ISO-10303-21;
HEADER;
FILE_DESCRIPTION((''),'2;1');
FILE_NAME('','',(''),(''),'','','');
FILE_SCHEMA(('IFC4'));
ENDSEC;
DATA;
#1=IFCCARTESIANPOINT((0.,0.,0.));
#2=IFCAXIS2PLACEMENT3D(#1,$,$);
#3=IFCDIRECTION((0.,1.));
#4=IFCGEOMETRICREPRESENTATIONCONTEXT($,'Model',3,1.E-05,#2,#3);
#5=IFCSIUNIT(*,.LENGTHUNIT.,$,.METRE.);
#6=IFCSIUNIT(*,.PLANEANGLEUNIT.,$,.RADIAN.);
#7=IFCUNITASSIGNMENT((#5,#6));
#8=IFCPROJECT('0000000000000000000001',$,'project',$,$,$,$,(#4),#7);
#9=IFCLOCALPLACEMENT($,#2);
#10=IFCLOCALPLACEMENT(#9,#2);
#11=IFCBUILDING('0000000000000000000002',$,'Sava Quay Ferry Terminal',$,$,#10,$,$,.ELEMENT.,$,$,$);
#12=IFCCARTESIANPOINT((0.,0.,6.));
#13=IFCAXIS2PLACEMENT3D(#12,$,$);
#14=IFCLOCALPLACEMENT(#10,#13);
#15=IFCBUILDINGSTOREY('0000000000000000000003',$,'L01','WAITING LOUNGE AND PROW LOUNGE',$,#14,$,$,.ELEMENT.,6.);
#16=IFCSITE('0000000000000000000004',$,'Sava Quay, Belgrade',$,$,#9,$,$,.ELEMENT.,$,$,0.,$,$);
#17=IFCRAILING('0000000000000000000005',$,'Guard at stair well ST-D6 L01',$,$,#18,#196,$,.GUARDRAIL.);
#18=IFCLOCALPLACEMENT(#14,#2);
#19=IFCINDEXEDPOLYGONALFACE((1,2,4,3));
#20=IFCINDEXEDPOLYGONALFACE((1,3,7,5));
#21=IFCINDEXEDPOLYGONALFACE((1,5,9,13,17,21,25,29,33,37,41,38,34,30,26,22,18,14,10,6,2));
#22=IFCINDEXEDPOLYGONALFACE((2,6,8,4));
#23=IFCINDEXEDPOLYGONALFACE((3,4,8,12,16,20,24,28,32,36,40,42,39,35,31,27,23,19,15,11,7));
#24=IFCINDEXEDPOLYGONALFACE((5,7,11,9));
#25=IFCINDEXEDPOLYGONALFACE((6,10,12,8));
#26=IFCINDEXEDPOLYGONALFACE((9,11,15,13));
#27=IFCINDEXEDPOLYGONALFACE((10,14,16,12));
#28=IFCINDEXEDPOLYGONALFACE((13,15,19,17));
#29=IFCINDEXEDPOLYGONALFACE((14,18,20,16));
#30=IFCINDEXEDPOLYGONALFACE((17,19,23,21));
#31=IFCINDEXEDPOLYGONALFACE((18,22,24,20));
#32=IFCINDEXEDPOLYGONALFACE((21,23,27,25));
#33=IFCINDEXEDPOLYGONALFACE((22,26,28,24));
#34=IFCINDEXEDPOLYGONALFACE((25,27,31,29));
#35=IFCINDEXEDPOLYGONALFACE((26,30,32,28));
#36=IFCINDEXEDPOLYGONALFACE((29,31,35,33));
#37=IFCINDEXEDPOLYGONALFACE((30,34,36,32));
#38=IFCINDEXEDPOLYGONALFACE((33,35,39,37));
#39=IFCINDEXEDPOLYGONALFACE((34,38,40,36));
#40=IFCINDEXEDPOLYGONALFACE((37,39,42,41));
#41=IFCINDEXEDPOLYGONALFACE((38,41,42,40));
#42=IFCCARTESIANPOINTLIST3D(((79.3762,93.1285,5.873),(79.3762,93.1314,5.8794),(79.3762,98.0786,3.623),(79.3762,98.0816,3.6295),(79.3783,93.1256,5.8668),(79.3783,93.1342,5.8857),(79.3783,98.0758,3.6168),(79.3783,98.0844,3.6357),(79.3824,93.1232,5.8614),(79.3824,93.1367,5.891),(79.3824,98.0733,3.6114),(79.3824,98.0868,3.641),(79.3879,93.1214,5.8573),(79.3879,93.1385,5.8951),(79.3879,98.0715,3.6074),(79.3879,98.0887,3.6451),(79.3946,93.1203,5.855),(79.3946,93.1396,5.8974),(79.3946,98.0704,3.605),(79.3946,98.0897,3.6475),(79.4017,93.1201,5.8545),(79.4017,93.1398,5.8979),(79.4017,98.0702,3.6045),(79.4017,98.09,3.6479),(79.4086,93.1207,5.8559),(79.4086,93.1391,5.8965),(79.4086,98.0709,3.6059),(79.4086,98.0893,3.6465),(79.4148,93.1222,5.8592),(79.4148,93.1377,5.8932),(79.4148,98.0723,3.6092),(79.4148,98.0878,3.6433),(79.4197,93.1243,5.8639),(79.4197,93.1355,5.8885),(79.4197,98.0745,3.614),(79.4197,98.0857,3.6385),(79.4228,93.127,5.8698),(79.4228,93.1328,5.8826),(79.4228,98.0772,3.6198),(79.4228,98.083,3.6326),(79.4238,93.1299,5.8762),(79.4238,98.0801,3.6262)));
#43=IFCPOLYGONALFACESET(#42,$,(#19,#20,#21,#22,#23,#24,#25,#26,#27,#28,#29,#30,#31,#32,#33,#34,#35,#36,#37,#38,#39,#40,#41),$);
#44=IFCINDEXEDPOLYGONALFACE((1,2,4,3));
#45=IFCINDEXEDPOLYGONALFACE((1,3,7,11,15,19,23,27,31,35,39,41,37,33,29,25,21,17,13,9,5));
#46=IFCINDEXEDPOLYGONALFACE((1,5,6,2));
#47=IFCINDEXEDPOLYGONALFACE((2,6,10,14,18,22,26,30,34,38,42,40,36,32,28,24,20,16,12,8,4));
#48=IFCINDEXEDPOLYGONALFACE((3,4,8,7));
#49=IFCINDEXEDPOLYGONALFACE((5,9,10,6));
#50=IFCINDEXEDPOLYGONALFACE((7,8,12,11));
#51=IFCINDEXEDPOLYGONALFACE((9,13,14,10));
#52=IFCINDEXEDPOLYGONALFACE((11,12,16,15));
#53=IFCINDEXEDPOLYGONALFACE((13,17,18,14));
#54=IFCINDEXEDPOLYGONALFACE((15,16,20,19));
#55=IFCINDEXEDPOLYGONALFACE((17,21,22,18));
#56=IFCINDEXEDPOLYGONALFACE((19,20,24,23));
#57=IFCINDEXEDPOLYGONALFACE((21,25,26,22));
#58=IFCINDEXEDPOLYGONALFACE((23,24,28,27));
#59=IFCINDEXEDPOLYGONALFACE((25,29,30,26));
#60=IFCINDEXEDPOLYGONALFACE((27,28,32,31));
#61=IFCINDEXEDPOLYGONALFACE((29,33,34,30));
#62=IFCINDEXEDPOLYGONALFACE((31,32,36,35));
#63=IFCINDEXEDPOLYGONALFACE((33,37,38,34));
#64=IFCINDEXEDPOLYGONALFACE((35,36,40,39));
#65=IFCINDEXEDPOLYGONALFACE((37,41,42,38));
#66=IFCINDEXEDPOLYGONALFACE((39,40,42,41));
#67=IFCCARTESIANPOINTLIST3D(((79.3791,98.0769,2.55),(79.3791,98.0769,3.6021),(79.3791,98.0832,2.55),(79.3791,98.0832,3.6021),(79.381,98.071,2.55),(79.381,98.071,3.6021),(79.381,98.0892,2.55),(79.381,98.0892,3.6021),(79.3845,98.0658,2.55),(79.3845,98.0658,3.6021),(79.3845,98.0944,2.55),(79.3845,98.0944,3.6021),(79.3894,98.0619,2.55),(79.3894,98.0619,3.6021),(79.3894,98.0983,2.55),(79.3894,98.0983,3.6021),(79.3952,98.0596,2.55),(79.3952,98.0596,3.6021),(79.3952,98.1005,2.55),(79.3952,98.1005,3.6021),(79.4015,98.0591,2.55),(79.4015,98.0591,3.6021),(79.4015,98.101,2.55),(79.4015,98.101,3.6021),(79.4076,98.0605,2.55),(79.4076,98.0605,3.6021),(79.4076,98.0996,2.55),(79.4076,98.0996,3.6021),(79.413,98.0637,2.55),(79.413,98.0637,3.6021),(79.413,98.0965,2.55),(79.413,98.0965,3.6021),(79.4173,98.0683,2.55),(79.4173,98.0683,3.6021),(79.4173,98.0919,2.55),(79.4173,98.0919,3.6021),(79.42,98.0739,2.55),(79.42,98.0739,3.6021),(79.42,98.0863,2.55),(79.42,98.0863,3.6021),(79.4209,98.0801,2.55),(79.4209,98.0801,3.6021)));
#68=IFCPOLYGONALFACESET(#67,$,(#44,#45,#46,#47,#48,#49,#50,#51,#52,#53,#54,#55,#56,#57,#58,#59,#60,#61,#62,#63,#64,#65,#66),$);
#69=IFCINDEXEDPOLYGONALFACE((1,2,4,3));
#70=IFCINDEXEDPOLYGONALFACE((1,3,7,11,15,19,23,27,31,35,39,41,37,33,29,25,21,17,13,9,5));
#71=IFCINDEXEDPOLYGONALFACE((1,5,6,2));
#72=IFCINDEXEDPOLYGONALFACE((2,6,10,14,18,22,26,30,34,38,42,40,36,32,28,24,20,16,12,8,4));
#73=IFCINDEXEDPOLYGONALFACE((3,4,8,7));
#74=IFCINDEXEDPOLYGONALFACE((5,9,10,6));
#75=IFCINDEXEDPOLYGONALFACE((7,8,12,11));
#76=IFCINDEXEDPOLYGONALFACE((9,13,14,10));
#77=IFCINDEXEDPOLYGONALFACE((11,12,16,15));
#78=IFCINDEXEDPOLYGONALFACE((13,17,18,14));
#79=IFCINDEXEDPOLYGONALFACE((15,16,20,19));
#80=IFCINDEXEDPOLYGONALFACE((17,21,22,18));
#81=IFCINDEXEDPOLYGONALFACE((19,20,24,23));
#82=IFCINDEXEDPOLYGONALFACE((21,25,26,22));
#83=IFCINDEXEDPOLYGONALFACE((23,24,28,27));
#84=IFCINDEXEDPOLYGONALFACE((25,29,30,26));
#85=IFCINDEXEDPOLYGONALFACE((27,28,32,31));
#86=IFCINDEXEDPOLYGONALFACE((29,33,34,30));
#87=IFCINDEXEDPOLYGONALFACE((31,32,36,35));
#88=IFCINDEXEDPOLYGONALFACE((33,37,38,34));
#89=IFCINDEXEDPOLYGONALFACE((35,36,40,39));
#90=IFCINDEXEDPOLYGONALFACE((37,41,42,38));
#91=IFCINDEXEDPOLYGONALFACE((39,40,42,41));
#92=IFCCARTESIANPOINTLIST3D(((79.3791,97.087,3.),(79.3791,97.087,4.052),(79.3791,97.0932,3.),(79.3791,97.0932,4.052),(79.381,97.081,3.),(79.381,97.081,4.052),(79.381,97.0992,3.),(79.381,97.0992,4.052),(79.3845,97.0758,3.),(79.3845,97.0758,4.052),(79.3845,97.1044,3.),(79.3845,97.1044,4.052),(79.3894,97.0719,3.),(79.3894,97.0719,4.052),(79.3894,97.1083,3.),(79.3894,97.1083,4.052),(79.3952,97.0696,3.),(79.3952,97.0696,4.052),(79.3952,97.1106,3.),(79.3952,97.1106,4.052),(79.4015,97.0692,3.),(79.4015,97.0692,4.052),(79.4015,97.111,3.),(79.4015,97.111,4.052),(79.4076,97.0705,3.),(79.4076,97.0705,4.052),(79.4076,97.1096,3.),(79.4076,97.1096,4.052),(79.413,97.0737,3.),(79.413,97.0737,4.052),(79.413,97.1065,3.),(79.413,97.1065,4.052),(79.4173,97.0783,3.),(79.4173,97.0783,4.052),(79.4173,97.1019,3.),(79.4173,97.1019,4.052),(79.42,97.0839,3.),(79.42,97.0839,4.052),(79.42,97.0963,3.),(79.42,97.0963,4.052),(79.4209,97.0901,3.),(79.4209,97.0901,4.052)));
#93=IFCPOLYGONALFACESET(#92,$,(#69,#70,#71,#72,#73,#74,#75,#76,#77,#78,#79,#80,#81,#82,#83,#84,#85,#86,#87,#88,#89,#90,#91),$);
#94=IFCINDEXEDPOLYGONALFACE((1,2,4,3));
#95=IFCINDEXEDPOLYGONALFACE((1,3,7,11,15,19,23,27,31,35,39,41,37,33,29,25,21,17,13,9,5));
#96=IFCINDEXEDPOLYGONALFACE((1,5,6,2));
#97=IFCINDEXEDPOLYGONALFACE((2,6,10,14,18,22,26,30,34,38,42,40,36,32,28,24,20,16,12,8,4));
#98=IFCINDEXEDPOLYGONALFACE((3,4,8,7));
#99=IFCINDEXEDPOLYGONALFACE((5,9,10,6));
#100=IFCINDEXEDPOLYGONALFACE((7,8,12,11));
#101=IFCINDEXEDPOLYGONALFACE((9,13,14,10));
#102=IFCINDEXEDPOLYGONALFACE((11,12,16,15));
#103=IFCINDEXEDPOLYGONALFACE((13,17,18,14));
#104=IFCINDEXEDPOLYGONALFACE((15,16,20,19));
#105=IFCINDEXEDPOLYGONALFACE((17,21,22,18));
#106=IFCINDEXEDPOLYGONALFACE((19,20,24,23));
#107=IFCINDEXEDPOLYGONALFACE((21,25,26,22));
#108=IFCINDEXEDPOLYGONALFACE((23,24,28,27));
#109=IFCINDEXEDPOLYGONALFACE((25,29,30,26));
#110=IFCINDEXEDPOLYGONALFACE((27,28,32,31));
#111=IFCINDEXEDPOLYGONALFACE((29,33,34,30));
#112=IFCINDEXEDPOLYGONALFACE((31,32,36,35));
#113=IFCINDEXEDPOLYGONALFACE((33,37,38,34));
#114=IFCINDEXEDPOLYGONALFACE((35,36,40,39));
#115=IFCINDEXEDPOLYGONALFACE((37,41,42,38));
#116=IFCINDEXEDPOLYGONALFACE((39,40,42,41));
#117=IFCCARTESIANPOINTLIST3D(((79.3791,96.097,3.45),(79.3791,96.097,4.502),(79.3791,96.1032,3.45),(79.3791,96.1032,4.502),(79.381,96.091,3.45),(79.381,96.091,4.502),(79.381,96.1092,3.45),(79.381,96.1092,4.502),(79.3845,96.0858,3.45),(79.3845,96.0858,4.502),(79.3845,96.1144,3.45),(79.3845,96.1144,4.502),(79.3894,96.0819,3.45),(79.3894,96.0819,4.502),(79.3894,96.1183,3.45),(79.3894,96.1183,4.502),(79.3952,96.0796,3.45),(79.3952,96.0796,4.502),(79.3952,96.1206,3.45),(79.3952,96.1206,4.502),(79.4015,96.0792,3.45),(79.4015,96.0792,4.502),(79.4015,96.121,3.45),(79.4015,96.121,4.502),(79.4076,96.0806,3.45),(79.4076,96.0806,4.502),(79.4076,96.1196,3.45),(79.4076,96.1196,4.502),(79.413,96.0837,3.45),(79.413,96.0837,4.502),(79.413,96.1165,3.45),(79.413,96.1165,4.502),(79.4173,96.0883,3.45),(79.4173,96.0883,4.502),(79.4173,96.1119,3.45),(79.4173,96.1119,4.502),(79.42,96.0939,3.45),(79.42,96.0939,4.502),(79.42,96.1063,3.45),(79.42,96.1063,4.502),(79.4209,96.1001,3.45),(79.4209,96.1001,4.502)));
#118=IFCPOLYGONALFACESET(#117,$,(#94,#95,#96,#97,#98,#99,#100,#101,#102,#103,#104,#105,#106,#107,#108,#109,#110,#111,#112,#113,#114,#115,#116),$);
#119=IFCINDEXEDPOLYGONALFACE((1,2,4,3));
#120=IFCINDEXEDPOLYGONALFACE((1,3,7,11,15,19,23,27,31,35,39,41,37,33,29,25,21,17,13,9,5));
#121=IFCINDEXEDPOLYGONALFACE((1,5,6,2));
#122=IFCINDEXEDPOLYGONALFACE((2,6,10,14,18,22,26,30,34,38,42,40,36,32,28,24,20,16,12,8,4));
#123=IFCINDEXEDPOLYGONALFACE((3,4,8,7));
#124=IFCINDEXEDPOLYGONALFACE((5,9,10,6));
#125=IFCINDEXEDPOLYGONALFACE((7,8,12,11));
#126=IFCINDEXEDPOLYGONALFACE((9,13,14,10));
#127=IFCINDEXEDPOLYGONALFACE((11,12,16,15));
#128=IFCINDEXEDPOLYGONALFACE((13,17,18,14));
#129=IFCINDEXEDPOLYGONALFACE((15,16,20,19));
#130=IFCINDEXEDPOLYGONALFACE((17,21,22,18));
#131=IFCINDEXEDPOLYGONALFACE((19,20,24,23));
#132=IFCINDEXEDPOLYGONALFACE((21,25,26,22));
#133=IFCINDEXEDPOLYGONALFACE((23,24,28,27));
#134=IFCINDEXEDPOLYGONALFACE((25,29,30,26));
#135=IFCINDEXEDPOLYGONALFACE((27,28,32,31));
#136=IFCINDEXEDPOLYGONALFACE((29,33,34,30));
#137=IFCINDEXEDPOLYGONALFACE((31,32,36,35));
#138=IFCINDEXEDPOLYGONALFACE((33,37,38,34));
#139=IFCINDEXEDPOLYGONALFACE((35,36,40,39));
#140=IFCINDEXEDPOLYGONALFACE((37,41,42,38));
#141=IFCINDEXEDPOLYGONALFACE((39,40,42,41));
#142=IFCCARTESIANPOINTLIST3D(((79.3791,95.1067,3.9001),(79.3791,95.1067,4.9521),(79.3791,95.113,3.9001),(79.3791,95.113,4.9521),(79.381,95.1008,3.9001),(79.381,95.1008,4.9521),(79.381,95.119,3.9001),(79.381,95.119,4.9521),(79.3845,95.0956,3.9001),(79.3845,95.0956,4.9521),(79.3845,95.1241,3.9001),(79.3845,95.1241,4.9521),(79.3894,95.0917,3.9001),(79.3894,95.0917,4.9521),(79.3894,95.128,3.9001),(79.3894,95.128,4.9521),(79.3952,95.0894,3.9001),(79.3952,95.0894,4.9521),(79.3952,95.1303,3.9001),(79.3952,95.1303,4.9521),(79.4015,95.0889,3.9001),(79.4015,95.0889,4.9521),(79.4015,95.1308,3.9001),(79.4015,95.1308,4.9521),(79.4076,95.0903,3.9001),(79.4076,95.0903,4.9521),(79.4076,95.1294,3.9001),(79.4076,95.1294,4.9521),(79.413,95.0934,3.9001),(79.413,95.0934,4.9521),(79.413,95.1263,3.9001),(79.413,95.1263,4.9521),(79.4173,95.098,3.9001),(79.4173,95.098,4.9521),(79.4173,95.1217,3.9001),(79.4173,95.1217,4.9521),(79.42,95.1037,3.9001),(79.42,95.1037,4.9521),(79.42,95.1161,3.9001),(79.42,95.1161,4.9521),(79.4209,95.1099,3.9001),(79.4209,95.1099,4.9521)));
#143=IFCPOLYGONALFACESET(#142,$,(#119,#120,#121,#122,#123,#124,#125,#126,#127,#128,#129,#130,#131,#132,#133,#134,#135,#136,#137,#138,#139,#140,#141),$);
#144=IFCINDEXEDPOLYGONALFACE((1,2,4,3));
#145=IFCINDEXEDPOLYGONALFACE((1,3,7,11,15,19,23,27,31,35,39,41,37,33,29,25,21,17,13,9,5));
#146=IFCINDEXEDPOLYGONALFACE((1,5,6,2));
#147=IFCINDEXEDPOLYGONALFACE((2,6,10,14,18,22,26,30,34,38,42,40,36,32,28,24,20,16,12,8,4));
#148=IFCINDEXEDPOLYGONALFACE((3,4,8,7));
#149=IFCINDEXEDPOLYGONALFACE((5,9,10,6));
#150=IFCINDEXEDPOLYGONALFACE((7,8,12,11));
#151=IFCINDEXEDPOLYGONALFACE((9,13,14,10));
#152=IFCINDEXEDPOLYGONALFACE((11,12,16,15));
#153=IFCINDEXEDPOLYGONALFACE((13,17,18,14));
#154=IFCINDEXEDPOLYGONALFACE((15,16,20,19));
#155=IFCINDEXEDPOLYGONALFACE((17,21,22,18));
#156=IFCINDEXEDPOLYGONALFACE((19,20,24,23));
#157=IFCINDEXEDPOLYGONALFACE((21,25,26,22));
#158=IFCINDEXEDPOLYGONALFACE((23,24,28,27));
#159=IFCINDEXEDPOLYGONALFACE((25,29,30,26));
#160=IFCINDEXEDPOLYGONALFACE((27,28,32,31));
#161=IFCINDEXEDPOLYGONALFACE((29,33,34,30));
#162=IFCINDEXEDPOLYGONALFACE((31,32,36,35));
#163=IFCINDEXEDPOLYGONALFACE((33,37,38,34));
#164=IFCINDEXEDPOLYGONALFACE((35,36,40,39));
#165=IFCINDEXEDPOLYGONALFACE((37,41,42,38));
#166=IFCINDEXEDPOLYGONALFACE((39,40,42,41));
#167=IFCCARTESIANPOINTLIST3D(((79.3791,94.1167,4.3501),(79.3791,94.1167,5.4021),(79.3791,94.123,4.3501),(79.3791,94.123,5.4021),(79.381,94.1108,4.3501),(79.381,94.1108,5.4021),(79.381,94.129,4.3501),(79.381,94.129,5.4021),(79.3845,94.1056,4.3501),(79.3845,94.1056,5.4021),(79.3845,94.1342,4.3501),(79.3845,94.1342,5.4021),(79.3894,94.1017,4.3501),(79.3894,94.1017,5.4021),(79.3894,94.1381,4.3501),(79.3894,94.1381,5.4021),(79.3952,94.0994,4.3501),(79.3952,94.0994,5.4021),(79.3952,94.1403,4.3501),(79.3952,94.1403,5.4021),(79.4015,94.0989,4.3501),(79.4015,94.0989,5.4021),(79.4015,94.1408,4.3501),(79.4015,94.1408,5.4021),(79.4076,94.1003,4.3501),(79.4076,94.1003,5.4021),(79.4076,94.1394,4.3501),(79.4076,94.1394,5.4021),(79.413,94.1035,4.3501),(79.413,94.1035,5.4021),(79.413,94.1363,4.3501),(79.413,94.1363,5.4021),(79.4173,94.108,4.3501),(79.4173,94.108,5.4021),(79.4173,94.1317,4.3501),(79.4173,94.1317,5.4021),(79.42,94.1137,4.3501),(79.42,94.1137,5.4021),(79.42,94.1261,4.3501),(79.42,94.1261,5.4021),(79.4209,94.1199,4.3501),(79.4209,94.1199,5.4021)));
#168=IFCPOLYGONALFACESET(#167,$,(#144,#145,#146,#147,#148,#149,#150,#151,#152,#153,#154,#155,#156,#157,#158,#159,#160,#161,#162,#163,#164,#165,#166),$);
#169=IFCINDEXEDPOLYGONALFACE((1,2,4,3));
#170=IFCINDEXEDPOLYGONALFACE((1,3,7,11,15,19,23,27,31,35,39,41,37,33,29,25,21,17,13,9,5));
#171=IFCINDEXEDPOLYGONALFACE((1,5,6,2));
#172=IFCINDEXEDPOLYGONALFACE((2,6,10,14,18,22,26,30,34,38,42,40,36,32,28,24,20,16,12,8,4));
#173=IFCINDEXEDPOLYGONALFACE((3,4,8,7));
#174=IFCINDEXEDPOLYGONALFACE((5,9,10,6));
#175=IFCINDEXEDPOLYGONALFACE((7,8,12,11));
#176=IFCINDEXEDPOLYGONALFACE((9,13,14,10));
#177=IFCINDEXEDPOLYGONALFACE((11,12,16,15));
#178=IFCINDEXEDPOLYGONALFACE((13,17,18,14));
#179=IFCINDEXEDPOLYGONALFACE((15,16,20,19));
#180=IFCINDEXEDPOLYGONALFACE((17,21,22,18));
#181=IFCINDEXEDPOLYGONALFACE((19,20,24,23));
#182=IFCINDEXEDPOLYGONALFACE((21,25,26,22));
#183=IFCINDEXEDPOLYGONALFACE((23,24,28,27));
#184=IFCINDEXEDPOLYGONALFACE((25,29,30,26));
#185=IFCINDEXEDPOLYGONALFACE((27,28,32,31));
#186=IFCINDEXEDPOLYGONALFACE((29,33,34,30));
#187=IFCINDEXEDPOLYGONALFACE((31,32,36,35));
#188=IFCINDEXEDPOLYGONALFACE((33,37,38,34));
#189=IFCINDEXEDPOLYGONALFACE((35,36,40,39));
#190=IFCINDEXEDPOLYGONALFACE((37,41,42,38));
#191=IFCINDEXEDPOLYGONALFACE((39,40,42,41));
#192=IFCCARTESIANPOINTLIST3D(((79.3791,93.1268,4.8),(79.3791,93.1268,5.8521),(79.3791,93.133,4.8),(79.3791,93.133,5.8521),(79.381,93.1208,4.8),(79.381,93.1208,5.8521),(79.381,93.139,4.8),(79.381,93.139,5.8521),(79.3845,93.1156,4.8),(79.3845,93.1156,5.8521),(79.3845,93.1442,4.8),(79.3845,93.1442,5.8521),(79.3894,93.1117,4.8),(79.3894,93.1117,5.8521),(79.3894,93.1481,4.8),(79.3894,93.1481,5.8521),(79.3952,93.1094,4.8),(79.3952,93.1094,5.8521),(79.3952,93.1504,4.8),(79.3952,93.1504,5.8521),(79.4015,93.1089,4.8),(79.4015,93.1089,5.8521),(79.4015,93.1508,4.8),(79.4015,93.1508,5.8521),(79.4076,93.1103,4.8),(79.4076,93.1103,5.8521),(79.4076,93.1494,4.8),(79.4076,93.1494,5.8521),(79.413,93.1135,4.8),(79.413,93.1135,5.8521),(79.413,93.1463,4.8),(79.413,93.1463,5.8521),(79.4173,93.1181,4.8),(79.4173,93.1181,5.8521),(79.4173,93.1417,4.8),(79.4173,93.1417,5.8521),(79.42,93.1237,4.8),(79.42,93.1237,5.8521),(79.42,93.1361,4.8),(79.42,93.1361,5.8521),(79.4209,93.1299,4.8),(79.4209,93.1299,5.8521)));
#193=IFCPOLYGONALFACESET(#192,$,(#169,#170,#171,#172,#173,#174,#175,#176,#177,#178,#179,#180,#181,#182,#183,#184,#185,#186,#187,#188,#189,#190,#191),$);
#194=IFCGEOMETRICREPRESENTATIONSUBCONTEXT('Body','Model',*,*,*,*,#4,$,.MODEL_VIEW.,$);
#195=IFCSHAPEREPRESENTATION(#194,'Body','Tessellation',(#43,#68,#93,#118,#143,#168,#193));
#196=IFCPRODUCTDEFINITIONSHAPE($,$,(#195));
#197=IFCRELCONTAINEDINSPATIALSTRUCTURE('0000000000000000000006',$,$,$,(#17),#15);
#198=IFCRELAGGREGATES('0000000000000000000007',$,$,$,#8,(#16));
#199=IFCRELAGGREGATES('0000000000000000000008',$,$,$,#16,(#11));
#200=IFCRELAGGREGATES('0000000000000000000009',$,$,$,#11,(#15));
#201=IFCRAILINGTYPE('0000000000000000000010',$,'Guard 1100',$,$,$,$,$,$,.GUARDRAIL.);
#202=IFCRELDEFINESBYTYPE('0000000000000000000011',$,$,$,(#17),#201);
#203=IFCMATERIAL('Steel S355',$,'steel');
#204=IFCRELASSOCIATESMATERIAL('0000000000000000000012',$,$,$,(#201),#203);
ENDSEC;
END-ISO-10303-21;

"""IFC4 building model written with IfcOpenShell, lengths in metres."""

from ifc_helpers import new_model, si_unit, direction, frame, origin, origin_2d, place, context, subcontext, project, spatial, circle, extrude, material, type_object, element, save


model = new_model("IFC4")

# Units and contexts
model_context = context("Model", 3, precision=1e-05, world=origin(), true_north=direction((0.0, 1.0)))
body_context = subcontext(model_context, "Body", "Model", "MODEL_VIEW")
ifc_project = project(units=[si_unit("LENGTHUNIT", "METRE"), si_unit("PLANEANGLEUNIT", "RADIAN")], contexts=[model_context])

# Site, building, storey
site_placement = place(None, origin())
site = spatial("IfcSite", under=ifc_project, at=site_placement, Name="Sava Quay, Belgrade", CompositionType="ELEMENT", RefElevation=0.0)
building_placement = place(site_placement, origin())
building = spatial("IfcBuilding", under=site, at=building_placement, Name="Sava Quay Ferry Terminal", CompositionType="ELEMENT")
storey_placement = place(building_placement, frame((0.0, 0.0, 6.0)))
storey = spatial("IfcBuildingStorey", under=building, at=storey_placement, Name="L01", Description="WAITING LOUNGE AND PROW LOUNGE", CompositionType="ELEMENT", Elevation=6.0)

# Railing
ifc_material_1 = material(Name="Steel S355", Category="steel")
railing_type_1 = type_object("IfcRailingType", Name="Guard 1100", PredefinedType="GUARDRAIL", material=ifc_material_1)
railing_1_placement = place(storey_placement, frame((79.3999, 98.0801, 2.55)))
element("IfcRailing", 1, at=railing_1_placement, inside=storey, type_object=railing_type_1, Name="Guard at stair well ST-D6 L01", PredefinedType="GUARDRAIL", context=body_context, shape_type="SweptSolid", body=[
    extrude(circle(Radius=0.0239, at=origin_2d()), frame((0.0, 0.0, 1.0762), z_axis=(0.0, -0.910373, 0.413789), x_axis=(1.0, 0.0, 0.0)), (0.0, 0.0, 1.0), 5.4375),
    extrude(circle(Radius=0.021, at=origin_2d()), origin(), (0.0, 0.0, 1.0), 1.052),
    extrude(circle(Radius=0.021, at=origin_2d()), frame((0.0, -0.99, 0.45)), (0.0, 0.0, 1.0), 1.052),
    extrude(circle(Radius=0.021, at=origin_2d()), frame((0.0, -1.98, 0.8999)), (0.0, 0.0, 1.0), 1.052),
    extrude(circle(Radius=0.021, at=origin_2d()), frame((0.0, -2.9702, 1.3501)), (0.0, 0.0, 1.0), 1.052),
    extrude(circle(Radius=0.021, at=origin_2d()), frame((0.0, -3.9602, 1.8)), (0.0, 0.0, 1.0), 1.052),
    extrude(circle(Radius=0.021, at=origin_2d()), frame((0.0, -4.9502, 2.25)), (0.0, 0.0, 1.0), 1.052),
])

save(model, "model.ifc")
